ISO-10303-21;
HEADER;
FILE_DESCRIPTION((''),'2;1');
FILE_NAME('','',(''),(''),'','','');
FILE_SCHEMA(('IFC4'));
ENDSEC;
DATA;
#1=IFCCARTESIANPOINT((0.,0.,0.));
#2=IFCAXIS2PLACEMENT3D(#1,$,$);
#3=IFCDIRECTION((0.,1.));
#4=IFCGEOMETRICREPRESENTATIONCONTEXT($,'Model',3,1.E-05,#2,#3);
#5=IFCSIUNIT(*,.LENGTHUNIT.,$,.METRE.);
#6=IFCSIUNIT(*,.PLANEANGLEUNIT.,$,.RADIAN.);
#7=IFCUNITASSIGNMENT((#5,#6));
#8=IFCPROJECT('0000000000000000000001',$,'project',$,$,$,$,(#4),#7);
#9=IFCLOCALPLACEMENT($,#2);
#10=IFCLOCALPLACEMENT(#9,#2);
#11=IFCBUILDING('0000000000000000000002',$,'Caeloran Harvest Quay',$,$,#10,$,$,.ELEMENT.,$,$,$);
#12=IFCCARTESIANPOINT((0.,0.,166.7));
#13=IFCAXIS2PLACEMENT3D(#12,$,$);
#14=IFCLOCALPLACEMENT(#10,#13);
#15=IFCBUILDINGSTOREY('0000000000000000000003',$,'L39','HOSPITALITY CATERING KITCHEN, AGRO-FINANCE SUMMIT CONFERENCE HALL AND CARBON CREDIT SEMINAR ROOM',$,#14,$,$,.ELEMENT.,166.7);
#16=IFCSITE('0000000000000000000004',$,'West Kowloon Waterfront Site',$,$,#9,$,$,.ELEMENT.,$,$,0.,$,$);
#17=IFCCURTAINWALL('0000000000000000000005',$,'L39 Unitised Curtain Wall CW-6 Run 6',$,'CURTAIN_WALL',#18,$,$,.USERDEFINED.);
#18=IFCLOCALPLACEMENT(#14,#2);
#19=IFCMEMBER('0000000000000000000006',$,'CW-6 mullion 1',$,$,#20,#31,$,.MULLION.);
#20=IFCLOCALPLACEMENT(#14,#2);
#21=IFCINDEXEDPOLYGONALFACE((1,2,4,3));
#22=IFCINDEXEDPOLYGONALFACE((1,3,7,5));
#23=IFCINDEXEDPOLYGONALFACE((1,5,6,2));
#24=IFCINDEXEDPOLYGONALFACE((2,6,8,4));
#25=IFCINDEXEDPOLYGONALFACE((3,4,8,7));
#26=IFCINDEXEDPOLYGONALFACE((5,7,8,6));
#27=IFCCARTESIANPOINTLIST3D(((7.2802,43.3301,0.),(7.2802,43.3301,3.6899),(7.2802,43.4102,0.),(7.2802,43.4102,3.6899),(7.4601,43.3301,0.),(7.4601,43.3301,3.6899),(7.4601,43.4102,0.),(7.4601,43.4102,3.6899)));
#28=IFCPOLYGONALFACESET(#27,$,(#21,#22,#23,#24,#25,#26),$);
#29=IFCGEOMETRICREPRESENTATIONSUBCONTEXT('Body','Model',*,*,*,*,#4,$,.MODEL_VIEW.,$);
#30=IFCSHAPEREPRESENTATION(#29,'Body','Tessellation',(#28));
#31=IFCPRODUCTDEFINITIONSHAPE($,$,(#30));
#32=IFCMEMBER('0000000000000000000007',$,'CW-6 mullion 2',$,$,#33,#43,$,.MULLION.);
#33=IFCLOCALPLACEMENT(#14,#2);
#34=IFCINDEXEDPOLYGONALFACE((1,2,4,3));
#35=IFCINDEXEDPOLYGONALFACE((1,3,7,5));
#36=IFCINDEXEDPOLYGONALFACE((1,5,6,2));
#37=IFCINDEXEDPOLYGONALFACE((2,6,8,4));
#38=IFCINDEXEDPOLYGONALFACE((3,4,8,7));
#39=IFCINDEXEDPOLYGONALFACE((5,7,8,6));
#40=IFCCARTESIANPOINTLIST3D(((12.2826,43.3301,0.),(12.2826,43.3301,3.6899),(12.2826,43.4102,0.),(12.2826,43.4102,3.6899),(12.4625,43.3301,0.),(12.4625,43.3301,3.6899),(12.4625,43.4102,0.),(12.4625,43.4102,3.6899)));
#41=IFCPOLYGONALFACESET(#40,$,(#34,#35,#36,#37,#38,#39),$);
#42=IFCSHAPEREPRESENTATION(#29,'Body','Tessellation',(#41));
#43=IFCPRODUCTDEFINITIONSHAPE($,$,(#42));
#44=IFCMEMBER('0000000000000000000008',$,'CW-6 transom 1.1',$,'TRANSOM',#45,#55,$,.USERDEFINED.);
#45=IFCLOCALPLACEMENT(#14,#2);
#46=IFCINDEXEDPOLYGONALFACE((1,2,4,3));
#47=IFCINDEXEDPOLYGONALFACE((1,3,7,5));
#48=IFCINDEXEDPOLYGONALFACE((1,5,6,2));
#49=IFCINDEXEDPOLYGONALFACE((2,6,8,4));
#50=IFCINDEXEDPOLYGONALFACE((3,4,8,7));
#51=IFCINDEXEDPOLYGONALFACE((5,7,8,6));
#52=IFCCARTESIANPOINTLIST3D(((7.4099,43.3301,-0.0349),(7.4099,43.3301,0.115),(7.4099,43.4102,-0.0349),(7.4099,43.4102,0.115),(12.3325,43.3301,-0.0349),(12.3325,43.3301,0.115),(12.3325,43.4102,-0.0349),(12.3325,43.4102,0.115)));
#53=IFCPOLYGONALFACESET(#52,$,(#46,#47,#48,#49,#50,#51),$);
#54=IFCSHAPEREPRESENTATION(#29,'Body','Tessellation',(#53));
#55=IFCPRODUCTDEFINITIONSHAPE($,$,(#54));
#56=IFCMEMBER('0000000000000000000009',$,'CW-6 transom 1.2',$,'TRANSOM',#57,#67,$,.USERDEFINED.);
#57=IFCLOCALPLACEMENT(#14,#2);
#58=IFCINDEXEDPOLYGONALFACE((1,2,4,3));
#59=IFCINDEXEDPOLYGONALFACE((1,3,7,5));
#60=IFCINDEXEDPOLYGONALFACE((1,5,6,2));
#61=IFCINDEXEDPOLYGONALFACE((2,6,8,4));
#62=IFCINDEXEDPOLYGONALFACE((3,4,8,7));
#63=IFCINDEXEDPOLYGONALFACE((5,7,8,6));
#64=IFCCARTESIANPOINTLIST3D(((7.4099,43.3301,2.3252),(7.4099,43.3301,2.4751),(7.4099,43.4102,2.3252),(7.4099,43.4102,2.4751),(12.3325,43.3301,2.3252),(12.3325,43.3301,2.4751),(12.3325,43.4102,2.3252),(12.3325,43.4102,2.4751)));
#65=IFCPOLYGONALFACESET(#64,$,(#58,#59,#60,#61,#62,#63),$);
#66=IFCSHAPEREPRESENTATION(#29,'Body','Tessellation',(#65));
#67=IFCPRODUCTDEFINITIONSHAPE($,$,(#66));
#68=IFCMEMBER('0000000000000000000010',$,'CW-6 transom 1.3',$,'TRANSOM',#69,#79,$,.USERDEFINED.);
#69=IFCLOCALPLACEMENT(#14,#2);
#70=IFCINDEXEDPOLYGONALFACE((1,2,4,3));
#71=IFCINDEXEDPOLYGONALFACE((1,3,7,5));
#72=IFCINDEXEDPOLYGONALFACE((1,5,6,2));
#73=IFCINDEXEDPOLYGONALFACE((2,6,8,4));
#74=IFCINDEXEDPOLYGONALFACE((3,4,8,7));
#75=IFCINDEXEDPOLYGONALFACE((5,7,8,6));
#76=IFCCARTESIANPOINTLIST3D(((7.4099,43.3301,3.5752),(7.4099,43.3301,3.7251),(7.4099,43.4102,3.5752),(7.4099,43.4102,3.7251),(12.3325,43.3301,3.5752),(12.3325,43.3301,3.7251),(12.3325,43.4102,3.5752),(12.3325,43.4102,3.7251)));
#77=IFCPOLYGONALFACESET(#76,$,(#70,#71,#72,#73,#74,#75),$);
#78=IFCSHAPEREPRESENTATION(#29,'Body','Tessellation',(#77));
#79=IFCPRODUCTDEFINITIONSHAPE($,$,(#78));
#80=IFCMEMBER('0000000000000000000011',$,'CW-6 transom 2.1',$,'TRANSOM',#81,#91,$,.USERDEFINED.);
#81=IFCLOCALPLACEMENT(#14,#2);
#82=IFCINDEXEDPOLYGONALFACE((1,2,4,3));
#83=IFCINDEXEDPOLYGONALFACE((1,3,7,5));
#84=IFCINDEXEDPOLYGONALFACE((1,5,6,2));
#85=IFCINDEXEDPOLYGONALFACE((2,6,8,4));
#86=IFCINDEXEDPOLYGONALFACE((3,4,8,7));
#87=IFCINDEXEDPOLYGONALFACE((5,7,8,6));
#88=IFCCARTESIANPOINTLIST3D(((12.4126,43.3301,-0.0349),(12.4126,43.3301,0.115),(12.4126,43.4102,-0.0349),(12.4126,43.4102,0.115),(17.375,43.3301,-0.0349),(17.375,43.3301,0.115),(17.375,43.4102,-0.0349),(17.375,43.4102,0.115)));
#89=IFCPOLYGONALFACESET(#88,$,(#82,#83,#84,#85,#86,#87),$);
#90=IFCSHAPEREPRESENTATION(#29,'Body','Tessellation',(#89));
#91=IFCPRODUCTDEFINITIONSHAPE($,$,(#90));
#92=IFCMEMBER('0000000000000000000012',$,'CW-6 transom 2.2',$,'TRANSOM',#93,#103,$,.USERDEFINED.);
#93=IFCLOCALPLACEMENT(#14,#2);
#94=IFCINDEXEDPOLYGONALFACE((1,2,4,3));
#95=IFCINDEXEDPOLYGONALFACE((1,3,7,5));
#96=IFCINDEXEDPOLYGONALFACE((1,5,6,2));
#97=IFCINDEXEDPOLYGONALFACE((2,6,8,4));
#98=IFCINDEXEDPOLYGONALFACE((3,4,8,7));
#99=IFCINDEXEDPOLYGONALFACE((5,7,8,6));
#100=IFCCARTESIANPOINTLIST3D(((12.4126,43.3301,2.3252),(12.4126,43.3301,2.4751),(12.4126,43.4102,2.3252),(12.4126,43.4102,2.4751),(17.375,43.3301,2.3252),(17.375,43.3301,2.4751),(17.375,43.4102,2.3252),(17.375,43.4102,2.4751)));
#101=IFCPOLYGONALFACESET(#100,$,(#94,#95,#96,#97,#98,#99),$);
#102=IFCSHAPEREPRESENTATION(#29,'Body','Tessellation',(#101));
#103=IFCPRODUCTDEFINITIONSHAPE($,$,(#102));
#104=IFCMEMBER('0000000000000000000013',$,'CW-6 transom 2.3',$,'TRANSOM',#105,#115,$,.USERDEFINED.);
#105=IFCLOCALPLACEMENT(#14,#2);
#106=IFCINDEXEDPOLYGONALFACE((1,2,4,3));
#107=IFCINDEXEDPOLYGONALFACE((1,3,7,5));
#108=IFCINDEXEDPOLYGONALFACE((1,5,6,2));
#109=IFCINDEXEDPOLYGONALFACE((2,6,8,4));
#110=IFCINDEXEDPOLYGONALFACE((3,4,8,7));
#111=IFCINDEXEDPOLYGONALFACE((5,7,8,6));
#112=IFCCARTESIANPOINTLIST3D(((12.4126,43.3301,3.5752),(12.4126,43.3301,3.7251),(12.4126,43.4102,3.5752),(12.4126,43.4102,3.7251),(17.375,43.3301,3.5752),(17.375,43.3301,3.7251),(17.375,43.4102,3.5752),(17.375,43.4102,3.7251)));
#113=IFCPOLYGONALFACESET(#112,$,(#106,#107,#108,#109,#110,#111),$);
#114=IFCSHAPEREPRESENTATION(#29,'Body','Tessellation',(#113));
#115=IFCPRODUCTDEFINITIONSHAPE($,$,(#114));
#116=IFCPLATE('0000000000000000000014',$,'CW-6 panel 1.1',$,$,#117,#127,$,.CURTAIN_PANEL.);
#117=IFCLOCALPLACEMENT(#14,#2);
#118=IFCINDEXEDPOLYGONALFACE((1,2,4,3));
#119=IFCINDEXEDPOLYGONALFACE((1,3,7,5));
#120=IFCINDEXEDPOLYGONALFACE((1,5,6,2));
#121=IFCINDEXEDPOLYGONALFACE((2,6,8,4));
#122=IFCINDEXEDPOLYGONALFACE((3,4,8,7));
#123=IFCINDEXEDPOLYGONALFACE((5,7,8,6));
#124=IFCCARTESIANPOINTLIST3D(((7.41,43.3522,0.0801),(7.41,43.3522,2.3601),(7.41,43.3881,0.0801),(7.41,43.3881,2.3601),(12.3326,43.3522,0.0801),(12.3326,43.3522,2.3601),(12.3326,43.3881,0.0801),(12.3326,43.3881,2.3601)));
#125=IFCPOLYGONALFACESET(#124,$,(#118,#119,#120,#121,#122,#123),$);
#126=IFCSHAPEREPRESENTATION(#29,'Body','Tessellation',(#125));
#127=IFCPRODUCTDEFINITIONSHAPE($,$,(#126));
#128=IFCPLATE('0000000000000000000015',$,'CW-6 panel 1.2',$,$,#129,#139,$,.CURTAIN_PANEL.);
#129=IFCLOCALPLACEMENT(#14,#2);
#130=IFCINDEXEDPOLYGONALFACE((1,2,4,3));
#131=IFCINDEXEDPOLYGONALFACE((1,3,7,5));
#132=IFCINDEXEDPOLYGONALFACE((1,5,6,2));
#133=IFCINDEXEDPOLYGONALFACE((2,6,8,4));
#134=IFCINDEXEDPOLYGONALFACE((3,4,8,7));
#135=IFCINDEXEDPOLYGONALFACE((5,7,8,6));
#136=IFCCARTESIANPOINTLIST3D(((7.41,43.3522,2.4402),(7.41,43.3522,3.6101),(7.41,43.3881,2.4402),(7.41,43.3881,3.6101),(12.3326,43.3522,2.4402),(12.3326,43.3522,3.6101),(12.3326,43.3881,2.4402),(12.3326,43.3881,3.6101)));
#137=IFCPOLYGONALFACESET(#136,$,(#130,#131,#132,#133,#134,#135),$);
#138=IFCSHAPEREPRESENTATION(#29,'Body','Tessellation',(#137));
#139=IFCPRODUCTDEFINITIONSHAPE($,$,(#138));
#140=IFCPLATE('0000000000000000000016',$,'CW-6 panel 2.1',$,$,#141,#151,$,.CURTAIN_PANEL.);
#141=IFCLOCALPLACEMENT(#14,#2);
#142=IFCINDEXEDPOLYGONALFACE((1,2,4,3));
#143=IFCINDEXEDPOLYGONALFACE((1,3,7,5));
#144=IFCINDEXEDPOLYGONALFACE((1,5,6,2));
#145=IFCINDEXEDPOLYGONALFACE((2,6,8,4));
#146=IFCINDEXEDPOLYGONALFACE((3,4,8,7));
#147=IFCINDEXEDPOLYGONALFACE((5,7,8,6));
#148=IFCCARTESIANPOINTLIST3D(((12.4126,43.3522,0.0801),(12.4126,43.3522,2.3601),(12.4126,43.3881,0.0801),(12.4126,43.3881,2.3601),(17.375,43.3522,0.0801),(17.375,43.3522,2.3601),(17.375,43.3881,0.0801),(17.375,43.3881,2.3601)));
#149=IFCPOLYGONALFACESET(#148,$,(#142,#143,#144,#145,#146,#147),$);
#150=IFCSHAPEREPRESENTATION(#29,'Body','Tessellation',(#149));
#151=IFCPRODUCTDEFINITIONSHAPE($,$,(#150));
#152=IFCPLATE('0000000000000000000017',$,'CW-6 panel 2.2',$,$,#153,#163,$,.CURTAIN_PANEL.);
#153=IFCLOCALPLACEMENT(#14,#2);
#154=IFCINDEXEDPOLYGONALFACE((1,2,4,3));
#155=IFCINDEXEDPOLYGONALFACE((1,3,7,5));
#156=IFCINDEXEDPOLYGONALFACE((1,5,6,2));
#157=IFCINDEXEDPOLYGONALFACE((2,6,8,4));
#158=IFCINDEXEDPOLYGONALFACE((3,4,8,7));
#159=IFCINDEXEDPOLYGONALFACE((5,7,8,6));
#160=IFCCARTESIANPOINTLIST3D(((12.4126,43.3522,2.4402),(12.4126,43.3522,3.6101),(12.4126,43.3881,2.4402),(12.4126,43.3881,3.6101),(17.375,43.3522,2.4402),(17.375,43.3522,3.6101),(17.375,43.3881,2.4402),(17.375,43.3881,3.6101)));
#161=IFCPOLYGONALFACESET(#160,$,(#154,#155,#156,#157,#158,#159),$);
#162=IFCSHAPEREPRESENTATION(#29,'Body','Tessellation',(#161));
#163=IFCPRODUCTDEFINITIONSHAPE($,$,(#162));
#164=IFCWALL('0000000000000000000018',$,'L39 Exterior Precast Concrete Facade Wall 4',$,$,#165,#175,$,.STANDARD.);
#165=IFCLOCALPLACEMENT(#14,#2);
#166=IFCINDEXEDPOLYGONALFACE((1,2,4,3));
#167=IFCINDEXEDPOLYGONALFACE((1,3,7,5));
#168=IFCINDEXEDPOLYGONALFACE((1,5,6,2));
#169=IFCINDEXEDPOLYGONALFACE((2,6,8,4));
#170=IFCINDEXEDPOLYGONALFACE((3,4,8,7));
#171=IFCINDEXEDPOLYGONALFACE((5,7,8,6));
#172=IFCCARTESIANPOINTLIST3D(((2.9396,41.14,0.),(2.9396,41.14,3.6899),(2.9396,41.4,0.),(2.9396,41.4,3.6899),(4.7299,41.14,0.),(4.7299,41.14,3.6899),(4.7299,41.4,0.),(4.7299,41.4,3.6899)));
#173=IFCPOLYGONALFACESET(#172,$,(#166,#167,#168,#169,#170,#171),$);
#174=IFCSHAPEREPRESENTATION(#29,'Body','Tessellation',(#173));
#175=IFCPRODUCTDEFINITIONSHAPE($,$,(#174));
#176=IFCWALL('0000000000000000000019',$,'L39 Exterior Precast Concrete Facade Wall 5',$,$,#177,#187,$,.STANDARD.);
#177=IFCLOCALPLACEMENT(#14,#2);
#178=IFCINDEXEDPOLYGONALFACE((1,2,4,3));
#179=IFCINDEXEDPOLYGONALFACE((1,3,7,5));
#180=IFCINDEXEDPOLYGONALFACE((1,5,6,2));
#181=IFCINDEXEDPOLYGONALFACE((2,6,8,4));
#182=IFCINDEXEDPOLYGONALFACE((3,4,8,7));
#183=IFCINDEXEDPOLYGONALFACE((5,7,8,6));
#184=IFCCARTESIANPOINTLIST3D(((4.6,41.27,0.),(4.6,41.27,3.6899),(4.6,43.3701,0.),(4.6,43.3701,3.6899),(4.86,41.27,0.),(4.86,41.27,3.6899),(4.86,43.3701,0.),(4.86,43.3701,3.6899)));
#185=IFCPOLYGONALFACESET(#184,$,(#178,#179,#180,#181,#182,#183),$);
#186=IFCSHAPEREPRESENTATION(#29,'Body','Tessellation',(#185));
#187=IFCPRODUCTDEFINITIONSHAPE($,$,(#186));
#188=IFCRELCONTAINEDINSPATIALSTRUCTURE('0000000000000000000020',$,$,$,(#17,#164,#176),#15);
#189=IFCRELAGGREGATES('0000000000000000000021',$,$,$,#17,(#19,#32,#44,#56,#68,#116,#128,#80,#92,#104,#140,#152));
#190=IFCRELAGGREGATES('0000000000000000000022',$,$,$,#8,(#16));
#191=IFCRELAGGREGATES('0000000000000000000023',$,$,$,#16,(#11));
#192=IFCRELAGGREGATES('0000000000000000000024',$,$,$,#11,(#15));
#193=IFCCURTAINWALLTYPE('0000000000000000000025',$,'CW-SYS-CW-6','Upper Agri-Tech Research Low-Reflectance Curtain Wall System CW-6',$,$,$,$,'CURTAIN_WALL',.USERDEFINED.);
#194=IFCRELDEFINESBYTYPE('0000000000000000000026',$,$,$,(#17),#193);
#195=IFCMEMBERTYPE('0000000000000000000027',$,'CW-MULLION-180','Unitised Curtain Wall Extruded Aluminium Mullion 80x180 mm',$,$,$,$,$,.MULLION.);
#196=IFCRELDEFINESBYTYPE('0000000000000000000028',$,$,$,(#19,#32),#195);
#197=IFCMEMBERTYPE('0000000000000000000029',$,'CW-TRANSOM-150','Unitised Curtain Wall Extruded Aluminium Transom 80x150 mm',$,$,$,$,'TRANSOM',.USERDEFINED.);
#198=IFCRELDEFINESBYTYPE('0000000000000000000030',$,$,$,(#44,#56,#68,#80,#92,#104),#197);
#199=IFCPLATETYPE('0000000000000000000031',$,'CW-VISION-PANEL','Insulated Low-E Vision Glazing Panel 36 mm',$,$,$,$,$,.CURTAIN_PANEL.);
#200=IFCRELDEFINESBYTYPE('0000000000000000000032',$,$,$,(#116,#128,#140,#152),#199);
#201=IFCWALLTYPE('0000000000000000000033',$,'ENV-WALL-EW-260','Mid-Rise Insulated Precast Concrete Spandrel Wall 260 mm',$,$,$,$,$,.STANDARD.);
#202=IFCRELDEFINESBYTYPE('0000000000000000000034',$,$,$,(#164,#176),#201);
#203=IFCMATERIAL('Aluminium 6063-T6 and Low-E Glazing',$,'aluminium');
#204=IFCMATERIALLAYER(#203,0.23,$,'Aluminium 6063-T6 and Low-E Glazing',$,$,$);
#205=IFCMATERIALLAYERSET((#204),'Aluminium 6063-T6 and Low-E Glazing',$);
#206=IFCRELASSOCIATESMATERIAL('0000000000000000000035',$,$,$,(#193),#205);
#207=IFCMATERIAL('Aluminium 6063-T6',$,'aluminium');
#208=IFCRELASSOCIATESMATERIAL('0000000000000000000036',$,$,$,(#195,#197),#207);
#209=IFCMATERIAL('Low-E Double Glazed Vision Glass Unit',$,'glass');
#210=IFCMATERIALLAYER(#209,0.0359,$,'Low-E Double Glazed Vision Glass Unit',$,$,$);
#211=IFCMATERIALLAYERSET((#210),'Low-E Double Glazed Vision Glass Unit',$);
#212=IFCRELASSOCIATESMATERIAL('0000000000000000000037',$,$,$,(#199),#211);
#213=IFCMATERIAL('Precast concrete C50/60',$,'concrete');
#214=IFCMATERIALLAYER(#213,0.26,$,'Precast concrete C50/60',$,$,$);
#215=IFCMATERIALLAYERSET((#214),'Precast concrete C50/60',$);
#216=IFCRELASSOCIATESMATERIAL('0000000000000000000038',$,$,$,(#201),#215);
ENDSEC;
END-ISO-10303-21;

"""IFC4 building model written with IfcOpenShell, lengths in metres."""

from ifc_helpers import new_model, si_unit, direction, frame, frame_2d, origin, origin_2d, place, context, subcontext, project, spatial, rectangle, extrude, material, layer, layer_set, material_profile, profile_set, type_object, element, aggregate, save


model = new_model("IFC4")

# Units and contexts
model_context = context("Model", 3, precision=1e-05, world=origin(), true_north=direction((0.0, 1.0)))
body_context = subcontext(model_context, "Body", "Model", "MODEL_VIEW")
ifc_project = project(units=[si_unit("LENGTHUNIT", "METRE"), si_unit("PLANEANGLEUNIT", "RADIAN")], contexts=[model_context])

# Site, building, storey
site_placement = place(None, origin())
site = spatial("IfcSite", under=ifc_project, at=site_placement, Name="West Kowloon Waterfront Site", CompositionType="ELEMENT", RefElevation=0.0)
building_placement = place(site_placement, origin())
building = spatial("IfcBuilding", under=site, at=building_placement, Name="Caeloran Harvest Quay", CompositionType="ELEMENT")
storey_placement = place(building_placement, frame((0.0, 0.0, 166.7)))
storey = spatial("IfcBuildingStorey", under=building, at=storey_placement, Name="L39", Description="HOSPITALITY CATERING KITCHEN, AGRO-FINANCE SUMMIT CONFERENCE HALL AND CARBON CREDIT SEMINAR ROOM", CompositionType="ELEMENT", Elevation=166.7)

# Curtain wall, members, plates
ifc_material_1 = material(Name="Aluminium 6063-T6 and Low-E Glazing", Category="aluminium")
ifc_layer_1 = layer(ifc_material_1, 0.23, Name="Aluminium 6063-T6 and Low-E Glazing")
ifc_layer_set_1 = layer_set([ifc_layer_1], Name="Aluminium 6063-T6 and Low-E Glazing")
curtain_wall_type = type_object("IfcCurtainWallType", Name="CW-SYS-CW-6", Description="Upper Agri-Tech Research Low-Reflectance Curtain Wall System CW-6", ElementType="CURTAIN_WALL", PredefinedType="USERDEFINED", material=ifc_layer_set_1)
curtain_wall_placement = place(storey_placement, origin())
curtain_wall = element("IfcCurtainWall", 1, at=curtain_wall_placement, inside=storey, type_object=curtain_wall_type, Name="L39 Unitised Curtain Wall CW-6 Run 6", ObjectType="CURTAIN_WALL", PredefinedType="USERDEFINED")
ifc_material_2 = material(Name="Aluminium 6063-T6", Category="aluminium")
ifc_material_profile_1 = material_profile(ifc_material_2, rectangle(XDim=0.0801, YDim=0.1799, at=origin_2d()), Name="CW-MULLION-180")
ifc_profile_set_1 = profile_set([ifc_material_profile_1], Name="Aluminium 6063-T6")
member_type_1 = type_object("IfcMemberType", Name="CW-MULLION-180", Description="Unitised Curtain Wall Extruded Aluminium Mullion 80x180 mm", PredefinedType="MULLION", material=ifc_profile_set_1)
member_1_placement = place(storey_placement, frame((7.3701, 43.3701, 0.0), z_axis=(0.0, 0.0, 1.0), x_axis=(0.0, 1.0, 0.0)))
member_1 = element("IfcMember", 2, at=member_1_placement, type_object=member_type_1, Name="CW-6 mullion 1", PredefinedType="MULLION", context=body_context, shape_type="SweptSolid", body=[
    extrude(rectangle(XDim=0.0801, YDim=0.1799, at=origin_2d()), origin(), (0.0, 0.0, 1.0), 3.6899),
])
member_2_placement = place(storey_placement, frame((12.3726, 43.3701, 0.0), z_axis=(0.0, 0.0, 1.0), x_axis=(0.0, 1.0, 0.0)))
member_2 = element("IfcMember", 3, at=member_2_placement, type_object=member_type_1, Name="CW-6 mullion 2", PredefinedType="MULLION", context=body_context, shape_type="SweptSolid", body=[
    extrude(rectangle(XDim=0.0801, YDim=0.1799, at=origin_2d()), origin(), (0.0, 0.0, 1.0), 3.6899),
])
ifc_material_profile_2 = material_profile(ifc_material_2, rectangle(XDim=0.0801, YDim=0.1499, at=origin_2d()), Name="CW-TRANSOM-150")
ifc_profile_set_2 = profile_set([ifc_material_profile_2], Name="Aluminium 6063-T6")
member_type_2 = type_object("IfcMemberType", Name="CW-TRANSOM-150", Description="Unitised Curtain Wall Extruded Aluminium Transom 80x150 mm", ElementType="TRANSOM", PredefinedType="USERDEFINED", material=ifc_profile_set_2)
member_3_placement = place(storey_placement, frame((7.4099, 43.3701, 0.04), z_axis=(1.0, 0.0, 0.0), x_axis=(0.0, 1.0, 0.0)))
member_3 = element("IfcMember", 4, at=member_3_placement, type_object=member_type_2, Name="CW-6 transom 1.1", ObjectType="TRANSOM", PredefinedType="USERDEFINED", context=body_context, shape_type="SweptSolid", body=[
    extrude(rectangle(XDim=0.0801, YDim=0.1499, at=origin_2d()), origin(), (0.0, 0.0, 1.0), 4.9226),
])
member_4_placement = place(storey_placement, frame((7.4099, 43.3701, 2.4001), z_axis=(1.0, 0.0, 0.0), x_axis=(0.0, 1.0, 0.0)))
member_4 = element("IfcMember", 5, at=member_4_placement, type_object=member_type_2, Name="CW-6 transom 1.2", ObjectType="TRANSOM", PredefinedType="USERDEFINED", context=body_context, shape_type="SweptSolid", body=[
    extrude(rectangle(XDim=0.0801, YDim=0.1499, at=origin_2d()), origin(), (0.0, 0.0, 1.0), 4.9226),
])
member_5_placement = place(storey_placement, frame((7.4099, 43.3701, 3.6501), z_axis=(1.0, 0.0, 0.0), x_axis=(0.0, 1.0, 0.0)))
member_5 = element("IfcMember", 6, at=member_5_placement, type_object=member_type_2, Name="CW-6 transom 1.3", ObjectType="TRANSOM", PredefinedType="USERDEFINED", context=body_context, shape_type="SweptSolid", body=[
    extrude(rectangle(XDim=0.0801, YDim=0.1499, at=origin_2d()), origin(), (0.0, 0.0, 1.0), 4.9226),
])
member_6_placement = place(storey_placement, frame((12.4126, 43.3701, 0.04), z_axis=(1.0, 0.0, 0.0), x_axis=(0.0, 1.0, 0.0)))
member_6 = element("IfcMember", 7, at=member_6_placement, type_object=member_type_2, Name="CW-6 transom 2.1", ObjectType="TRANSOM", PredefinedType="USERDEFINED", context=body_context, shape_type="SweptSolid", body=[
    extrude(rectangle(XDim=0.0801, YDim=0.1499, at=origin_2d()), origin(), (0.0, 0.0, 1.0), 4.9624),
])
member_7_placement = place(storey_placement, frame((12.4126, 43.3701, 2.4001), z_axis=(1.0, 0.0, 0.0), x_axis=(0.0, 1.0, 0.0)))
member_7 = element("IfcMember", 8, at=member_7_placement, type_object=member_type_2, Name="CW-6 transom 2.2", ObjectType="TRANSOM", PredefinedType="USERDEFINED", context=body_context, shape_type="SweptSolid", body=[
    extrude(rectangle(XDim=0.0801, YDim=0.1499, at=origin_2d()), origin(), (0.0, 0.0, 1.0), 4.9624),
])
member_8_placement = place(storey_placement, frame((12.4126, 43.3701, 3.6501), z_axis=(1.0, 0.0, 0.0), x_axis=(0.0, 1.0, 0.0)))
member_8 = element("IfcMember", 9, at=member_8_placement, type_object=member_type_2, Name="CW-6 transom 2.3", ObjectType="TRANSOM", PredefinedType="USERDEFINED", context=body_context, shape_type="SweptSolid", body=[
    extrude(rectangle(XDim=0.0801, YDim=0.1499, at=origin_2d()), origin(), (0.0, 0.0, 1.0), 4.9624),
])
ifc_material_3 = material(Name="Low-E Double Glazed Vision Glass Unit", Category="glass")
ifc_layer_2 = layer(ifc_material_3, 0.0359, Name="Low-E Double Glazed Vision Glass Unit")
ifc_layer_set_2 = layer_set([ifc_layer_2], Name="Low-E Double Glazed Vision Glass Unit")
plate_type = type_object("IfcPlateType", Name="CW-VISION-PANEL", Description="Insulated Low-E Vision Glazing Panel 36 mm", PredefinedType="CURTAIN_PANEL", material=ifc_layer_set_2)
plate_1_placement = place(storey_placement, frame((9.8713, 43.3701, 0.0801), z_axis=(0.0, 0.0, 1.0), x_axis=(1.0, 0.0, 0.0)))
plate_1 = element("IfcPlate", 10, at=plate_1_placement, type_object=plate_type, Name="CW-6 panel 1.1", PredefinedType="CURTAIN_PANEL", context=body_context, shape_type="SweptSolid", body=[
    extrude(rectangle(XDim=4.9226, YDim=0.0359, at=origin_2d()), origin(), (0.0, 0.0, 1.0), 2.28),
])
plate_2_placement = place(storey_placement, frame((9.8713, 43.3701, 2.4402), z_axis=(0.0, 0.0, 1.0), x_axis=(1.0, 0.0, 0.0)))
plate_2 = element("IfcPlate", 11, at=plate_2_placement, type_object=plate_type, Name="CW-6 panel 1.2", PredefinedType="CURTAIN_PANEL", context=body_context, shape_type="SweptSolid", body=[
    extrude(rectangle(XDim=4.9226, YDim=0.0359, at=origin_2d()), origin(), (0.0, 0.0, 1.0), 1.1699),
])
plate_3_placement = place(storey_placement, frame((14.8938, 43.3701, 0.0801), z_axis=(0.0, 0.0, 1.0), x_axis=(1.0, 0.0, 0.0)))
plate_3 = element("IfcPlate", 12, at=plate_3_placement, type_object=plate_type, Name="CW-6 panel 2.1", PredefinedType="CURTAIN_PANEL", context=body_context, shape_type="SweptSolid", body=[
    extrude(rectangle(XDim=4.9624, YDim=0.0359, at=origin_2d()), origin(), (0.0, 0.0, 1.0), 2.28),
])
plate_4_placement = place(storey_placement, frame((14.8938, 43.3701, 2.4402), z_axis=(0.0, 0.0, 1.0), x_axis=(1.0, 0.0, 0.0)))
plate_4 = element("IfcPlate", 13, at=plate_4_placement, type_object=plate_type, Name="CW-6 panel 2.2", PredefinedType="CURTAIN_PANEL", context=body_context, shape_type="SweptSolid", body=[
    extrude(rectangle(XDim=4.9624, YDim=0.0359, at=origin_2d()), origin(), (0.0, 0.0, 1.0), 1.1699),
])
aggregate(curtain_wall, [member_1, member_2, member_3, member_4, member_5, plate_1, plate_2, member_6, member_7, member_8, plate_3, plate_4])

# Walls
ifc_material_4 = material(Name="Precast concrete C50/60", Category="concrete")
ifc_layer_3 = layer(ifc_material_4, 0.26, Name="Precast concrete C50/60")
ifc_layer_set_3 = layer_set([ifc_layer_3], Name="Precast concrete C50/60")
wall_type_1 = type_object("IfcWallType", Name="ENV-WALL-EW-260", Description="Mid-Rise Insulated Precast Concrete Spandrel Wall 260 mm", PredefinedType="STANDARD", material=ifc_layer_set_3)
wall_1_placement = place(storey_placement, frame((2.9397, 41.27, 0.0), z_axis=(0.0, 0.0, 1.0), x_axis=(1.0, 0.0, 0.0)))
element("IfcWall", 14, at=wall_1_placement, inside=storey, type_object=wall_type_1, Name="L39 Exterior Precast Concrete Facade Wall 4", PredefinedType="STANDARD", context=body_context, shape_type="SweptSolid", body=[
    extrude(rectangle(XDim=1.7903, YDim=0.26, at=frame_2d((0.895, 0.0))), origin(), (0.0, 0.0, 1.0), 3.6899),
])
wall_2_placement = place(storey_placement, frame((4.73, 41.27, 0.0), z_axis=(0.0, 0.0, 1.0), x_axis=(0.0, 1.0, 0.0)))
element("IfcWall", 15, at=wall_2_placement, inside=storey, type_object=wall_type_1, Name="L39 Exterior Precast Concrete Facade Wall 5", PredefinedType="STANDARD", context=body_context, shape_type="SweptSolid", body=[
    extrude(rectangle(XDim=2.1001, YDim=0.26, at=frame_2d((1.05, 0.0))), origin(), (0.0, 0.0, 1.0), 3.6899),
])

save(model, "model.ifc")
